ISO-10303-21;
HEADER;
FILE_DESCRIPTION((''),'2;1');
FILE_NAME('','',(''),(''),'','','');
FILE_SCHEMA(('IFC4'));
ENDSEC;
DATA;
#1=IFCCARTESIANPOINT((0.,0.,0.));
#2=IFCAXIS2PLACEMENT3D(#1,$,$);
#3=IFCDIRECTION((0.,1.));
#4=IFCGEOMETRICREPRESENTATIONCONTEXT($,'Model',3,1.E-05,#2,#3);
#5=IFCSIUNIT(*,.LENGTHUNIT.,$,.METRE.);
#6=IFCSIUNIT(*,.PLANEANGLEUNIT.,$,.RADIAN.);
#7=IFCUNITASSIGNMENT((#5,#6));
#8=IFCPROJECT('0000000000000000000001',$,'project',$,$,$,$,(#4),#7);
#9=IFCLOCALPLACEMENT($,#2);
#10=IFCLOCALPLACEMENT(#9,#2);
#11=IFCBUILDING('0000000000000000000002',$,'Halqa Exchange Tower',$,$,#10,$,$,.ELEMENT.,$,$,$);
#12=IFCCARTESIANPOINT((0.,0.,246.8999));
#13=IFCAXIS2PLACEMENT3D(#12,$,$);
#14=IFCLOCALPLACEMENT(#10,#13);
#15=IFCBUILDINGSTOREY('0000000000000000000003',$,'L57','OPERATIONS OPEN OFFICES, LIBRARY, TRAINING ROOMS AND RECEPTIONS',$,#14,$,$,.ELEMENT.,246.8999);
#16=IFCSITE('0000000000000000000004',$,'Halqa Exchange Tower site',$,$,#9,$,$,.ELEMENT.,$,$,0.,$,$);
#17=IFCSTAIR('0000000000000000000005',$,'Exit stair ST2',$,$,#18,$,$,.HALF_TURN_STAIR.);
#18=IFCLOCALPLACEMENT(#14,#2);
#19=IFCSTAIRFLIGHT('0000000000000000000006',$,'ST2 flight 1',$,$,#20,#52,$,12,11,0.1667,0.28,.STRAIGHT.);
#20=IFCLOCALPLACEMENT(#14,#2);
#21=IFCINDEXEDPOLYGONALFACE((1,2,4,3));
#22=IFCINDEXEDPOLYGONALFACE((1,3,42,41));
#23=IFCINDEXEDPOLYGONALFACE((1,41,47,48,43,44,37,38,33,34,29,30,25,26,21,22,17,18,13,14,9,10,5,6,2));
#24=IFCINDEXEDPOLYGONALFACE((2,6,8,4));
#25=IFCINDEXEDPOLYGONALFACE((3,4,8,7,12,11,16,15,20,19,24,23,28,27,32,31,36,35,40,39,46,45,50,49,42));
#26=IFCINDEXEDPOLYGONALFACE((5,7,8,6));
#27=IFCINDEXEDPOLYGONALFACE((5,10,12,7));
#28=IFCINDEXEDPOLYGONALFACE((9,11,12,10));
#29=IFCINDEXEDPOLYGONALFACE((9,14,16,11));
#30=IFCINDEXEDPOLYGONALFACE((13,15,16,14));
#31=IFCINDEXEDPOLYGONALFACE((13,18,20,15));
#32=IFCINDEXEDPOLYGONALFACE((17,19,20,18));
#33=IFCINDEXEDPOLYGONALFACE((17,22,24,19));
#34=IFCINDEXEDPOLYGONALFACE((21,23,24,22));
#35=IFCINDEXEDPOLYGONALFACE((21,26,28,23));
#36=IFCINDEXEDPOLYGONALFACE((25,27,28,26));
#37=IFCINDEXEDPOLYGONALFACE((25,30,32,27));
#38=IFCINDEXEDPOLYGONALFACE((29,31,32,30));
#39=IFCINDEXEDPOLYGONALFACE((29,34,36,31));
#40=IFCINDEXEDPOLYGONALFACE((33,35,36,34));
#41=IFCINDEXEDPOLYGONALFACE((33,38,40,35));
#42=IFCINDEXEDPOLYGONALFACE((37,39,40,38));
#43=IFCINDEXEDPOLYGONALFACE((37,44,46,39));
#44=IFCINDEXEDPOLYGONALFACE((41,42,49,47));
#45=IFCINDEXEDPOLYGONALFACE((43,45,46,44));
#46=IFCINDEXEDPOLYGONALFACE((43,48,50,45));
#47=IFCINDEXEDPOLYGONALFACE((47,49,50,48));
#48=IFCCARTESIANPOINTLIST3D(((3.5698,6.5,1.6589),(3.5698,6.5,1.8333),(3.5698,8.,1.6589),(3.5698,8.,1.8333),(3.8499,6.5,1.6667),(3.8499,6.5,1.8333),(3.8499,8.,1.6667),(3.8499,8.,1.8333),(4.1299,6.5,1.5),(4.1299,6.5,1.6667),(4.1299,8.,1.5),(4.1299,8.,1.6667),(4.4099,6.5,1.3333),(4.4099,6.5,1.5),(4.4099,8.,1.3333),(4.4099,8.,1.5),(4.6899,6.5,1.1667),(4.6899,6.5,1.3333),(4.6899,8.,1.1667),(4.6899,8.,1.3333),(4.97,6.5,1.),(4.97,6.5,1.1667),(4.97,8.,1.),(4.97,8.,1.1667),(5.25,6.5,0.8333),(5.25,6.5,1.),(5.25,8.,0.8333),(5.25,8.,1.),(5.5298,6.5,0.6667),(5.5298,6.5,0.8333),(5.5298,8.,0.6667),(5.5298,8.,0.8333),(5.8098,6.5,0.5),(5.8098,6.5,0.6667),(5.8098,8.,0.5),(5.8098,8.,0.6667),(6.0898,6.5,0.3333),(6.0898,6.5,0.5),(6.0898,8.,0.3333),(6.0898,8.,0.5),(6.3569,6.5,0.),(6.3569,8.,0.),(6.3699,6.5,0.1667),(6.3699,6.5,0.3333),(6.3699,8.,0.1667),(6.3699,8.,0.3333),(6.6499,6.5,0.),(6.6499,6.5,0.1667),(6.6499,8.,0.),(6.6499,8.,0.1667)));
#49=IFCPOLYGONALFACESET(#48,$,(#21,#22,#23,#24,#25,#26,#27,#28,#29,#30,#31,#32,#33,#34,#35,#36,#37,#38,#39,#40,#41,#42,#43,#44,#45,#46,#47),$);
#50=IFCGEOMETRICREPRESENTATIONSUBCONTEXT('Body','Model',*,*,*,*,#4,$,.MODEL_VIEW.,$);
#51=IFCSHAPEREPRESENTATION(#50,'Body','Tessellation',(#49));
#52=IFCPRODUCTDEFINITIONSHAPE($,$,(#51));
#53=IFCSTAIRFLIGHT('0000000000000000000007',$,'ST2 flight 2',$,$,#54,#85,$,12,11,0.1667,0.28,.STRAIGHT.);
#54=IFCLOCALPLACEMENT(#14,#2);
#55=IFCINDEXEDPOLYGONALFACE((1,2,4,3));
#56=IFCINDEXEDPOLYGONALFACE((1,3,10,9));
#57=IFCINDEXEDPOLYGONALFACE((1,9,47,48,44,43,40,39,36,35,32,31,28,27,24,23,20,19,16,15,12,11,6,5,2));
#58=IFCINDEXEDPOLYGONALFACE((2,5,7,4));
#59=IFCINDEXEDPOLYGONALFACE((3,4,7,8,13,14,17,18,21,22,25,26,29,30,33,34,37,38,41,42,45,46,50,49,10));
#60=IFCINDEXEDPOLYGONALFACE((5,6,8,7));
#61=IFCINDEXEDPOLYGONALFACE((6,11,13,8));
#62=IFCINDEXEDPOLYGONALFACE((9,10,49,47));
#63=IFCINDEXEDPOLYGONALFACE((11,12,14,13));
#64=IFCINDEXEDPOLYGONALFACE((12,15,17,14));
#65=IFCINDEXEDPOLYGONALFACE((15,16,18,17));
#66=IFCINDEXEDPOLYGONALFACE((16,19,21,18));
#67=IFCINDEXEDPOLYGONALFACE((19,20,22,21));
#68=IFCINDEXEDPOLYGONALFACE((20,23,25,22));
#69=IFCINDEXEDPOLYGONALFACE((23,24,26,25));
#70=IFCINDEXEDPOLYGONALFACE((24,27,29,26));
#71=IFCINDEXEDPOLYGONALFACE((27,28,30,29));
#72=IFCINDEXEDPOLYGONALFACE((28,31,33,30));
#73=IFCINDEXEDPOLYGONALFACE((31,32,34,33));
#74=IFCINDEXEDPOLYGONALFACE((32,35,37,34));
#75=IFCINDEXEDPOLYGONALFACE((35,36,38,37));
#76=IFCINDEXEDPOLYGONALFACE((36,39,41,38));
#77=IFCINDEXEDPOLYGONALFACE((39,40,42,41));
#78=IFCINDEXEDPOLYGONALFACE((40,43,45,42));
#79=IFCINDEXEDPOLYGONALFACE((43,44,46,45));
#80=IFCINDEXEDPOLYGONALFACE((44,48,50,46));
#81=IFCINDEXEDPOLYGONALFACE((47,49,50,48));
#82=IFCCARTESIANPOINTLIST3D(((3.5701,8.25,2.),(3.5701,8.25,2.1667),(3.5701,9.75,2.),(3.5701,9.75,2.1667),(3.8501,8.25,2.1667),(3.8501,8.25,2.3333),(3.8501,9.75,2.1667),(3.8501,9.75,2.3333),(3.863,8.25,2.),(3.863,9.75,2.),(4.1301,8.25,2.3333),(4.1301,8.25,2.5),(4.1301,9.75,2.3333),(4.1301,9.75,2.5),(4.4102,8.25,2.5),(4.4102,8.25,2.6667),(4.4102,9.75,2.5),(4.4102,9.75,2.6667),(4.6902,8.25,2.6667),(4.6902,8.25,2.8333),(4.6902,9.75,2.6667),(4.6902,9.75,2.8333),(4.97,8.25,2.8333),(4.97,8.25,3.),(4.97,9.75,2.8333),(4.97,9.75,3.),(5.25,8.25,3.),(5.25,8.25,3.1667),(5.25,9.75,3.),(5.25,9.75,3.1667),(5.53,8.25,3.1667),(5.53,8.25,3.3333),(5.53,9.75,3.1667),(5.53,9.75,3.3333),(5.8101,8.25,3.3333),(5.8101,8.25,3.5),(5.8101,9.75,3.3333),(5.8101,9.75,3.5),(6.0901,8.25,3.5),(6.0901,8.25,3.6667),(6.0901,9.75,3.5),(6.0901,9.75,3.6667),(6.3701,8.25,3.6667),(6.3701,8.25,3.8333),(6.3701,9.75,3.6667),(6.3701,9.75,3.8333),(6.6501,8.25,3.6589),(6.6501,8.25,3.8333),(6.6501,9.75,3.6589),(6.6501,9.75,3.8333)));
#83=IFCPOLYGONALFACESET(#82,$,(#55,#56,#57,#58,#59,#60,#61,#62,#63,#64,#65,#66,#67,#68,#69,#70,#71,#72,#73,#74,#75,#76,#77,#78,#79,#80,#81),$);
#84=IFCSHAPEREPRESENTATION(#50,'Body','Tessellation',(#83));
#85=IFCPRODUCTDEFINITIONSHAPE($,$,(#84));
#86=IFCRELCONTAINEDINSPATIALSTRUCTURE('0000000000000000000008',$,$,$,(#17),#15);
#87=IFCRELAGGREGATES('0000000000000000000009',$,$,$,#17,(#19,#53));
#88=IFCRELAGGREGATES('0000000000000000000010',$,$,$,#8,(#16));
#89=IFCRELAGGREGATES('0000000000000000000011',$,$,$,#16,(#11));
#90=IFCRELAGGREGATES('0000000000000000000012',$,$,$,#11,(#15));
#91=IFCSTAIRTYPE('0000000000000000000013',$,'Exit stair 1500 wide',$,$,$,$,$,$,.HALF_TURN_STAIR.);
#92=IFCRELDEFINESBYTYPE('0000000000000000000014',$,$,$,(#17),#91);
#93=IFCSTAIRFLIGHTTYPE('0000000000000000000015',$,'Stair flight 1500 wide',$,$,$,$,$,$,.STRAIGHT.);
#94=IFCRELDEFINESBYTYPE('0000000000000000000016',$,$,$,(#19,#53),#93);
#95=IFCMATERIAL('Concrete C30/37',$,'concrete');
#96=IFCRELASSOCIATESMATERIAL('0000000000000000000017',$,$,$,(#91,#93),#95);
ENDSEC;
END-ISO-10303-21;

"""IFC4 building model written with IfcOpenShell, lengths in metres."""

from ifc_helpers import new_model, si_unit, direction, frame, origin, place, context, subcontext, project, spatial, polyline, outline, extrude, material, type_object, element, aggregate, save


model = new_model("IFC4")

# Units and contexts
model_context = context("Model", 3, precision=1e-05, world=origin(), true_north=direction((0.0, 1.0)))
body_context = subcontext(model_context, "Body", "Model", "MODEL_VIEW")
ifc_project = project(units=[si_unit("LENGTHUNIT", "METRE"), si_unit("PLANEANGLEUNIT", "RADIAN")], contexts=[model_context])

# Site, building, storey
site_placement = place(None, origin())
site = spatial("IfcSite", under=ifc_project, at=site_placement, Name="Halqa Exchange Tower site", CompositionType="ELEMENT", RefElevation=0.0)
building_placement = place(site_placement, origin())
building = spatial("IfcBuilding", under=site, at=building_placement, Name="Halqa Exchange Tower", CompositionType="ELEMENT")
storey_placement = place(building_placement, frame((0.0, 0.0, 246.8999)))
storey = spatial("IfcBuildingStorey", under=building, at=storey_placement, Name="L57", Description="OPERATIONS OPEN OFFICES, LIBRARY, TRAINING ROOMS AND RECEPTIONS", CompositionType="ELEMENT", Elevation=246.8999)

# Stair
ifc_material_1 = material(Name="Concrete C30/37", Category="concrete")
stair_type = type_object("IfcStairType", Name="Exit stair 1500 wide", PredefinedType="HALF_TURN_STAIR", material=ifc_material_1)
stair_1_placement = place(storey_placement, origin())
stair_1 = element("IfcStair", 1, at=stair_1_placement, inside=storey, type_object=stair_type, Name="Exit stair ST2", PredefinedType="HALF_TURN_STAIR")

# Stair flights
stair_flight_type = type_object("IfcStairFlightType", Name="Stair flight 1500 wide", PredefinedType="STRAIGHT", material=ifc_material_1)
stair_flight_1_placement = place(storey_placement, frame((6.6499, 7.25, 0.0), z_axis=(0.0, 0.0, 1.0), x_axis=(-1.0, 0.0, 0.0)))
stair_flight_1 = element("IfcStairFlight", 2, at=stair_flight_1_placement, type_object=stair_flight_type, Name="ST2 flight 1", NumberOfRisers=12, NumberOfTreads=11, PredefinedType="STRAIGHT", RiserHeight=0.1667, TreadLength=0.28, context=body_context, shape_type="SweptSolid", body=[
    extrude(outline(polyline([(0.0, 0.0), (0.0, 0.1667), (0.28, 0.1667), (0.28, 0.3333), (0.5601, 0.3333), (0.5601, 0.5), (0.8401, 0.5), (0.8401, 0.6667), (1.1201, 0.6667), (1.1201, 0.8333), (1.3999, 0.8333), (1.3999, 1.0), (1.6799, 1.0), (1.6799, 1.1667), (1.96, 1.1667), (1.96, 1.3333), (2.24, 1.3333), (2.24, 1.5), (2.52, 1.5), (2.52, 1.6667), (2.8, 1.6667), (2.8, 1.8333), (3.0801, 1.8333), (3.0801, 2.0), (3.0801, 1.6589), (0.293, 0.0), (0.0, 0.0)])), frame((0.0, 0.75, 0.0), z_axis=(0.0, -1.0, 0.0), x_axis=(1.0, 0.0, 0.0)), (0.0, 0.0, 1.0), 1.5),
])
stair_flight_2_placement = place(storey_placement, frame((3.5701, 9.0, 2.0), z_axis=(0.0, 0.0, 1.0), x_axis=(1.0, 0.0, 0.0)))
stair_flight_2 = element("IfcStairFlight", 3, at=stair_flight_2_placement, type_object=stair_flight_type, Name="ST2 flight 2", NumberOfRisers=12, NumberOfTreads=11, PredefinedType="STRAIGHT", RiserHeight=0.1667, TreadLength=0.28, context=body_context, shape_type="SweptSolid", body=[
    extrude(outline(polyline([(0.0, 0.0), (0.0, 0.1667), (0.28, 0.1667), (0.28, 0.3333), (0.5601, 0.3333), (0.5601, 0.5), (0.8401, 0.5), (0.8401, 0.6667), (1.1201, 0.6667), (1.1201, 0.8333), (1.3999, 0.8333), (1.3999, 1.0), (1.6799, 1.0), (1.6799, 1.1667), (1.96, 1.1667), (1.96, 1.3333), (2.24, 1.3333), (2.24, 1.5), (2.52, 1.5), (2.52, 1.6667), (2.8, 1.6667), (2.8, 1.8333), (3.0801, 1.8333), (3.0801, 2.0), (3.0801, 1.6589), (0.293, 0.0), (0.0, 0.0)])), frame((0.0, 0.75, 0.0), z_axis=(0.0, -1.0, 0.0), x_axis=(1.0, 0.0, 0.0)), (0.0, 0.0, 1.0), 1.5),
])
aggregate(stair_1, [stair_flight_1, stair_flight_2])

save(model, "model.ifc")
